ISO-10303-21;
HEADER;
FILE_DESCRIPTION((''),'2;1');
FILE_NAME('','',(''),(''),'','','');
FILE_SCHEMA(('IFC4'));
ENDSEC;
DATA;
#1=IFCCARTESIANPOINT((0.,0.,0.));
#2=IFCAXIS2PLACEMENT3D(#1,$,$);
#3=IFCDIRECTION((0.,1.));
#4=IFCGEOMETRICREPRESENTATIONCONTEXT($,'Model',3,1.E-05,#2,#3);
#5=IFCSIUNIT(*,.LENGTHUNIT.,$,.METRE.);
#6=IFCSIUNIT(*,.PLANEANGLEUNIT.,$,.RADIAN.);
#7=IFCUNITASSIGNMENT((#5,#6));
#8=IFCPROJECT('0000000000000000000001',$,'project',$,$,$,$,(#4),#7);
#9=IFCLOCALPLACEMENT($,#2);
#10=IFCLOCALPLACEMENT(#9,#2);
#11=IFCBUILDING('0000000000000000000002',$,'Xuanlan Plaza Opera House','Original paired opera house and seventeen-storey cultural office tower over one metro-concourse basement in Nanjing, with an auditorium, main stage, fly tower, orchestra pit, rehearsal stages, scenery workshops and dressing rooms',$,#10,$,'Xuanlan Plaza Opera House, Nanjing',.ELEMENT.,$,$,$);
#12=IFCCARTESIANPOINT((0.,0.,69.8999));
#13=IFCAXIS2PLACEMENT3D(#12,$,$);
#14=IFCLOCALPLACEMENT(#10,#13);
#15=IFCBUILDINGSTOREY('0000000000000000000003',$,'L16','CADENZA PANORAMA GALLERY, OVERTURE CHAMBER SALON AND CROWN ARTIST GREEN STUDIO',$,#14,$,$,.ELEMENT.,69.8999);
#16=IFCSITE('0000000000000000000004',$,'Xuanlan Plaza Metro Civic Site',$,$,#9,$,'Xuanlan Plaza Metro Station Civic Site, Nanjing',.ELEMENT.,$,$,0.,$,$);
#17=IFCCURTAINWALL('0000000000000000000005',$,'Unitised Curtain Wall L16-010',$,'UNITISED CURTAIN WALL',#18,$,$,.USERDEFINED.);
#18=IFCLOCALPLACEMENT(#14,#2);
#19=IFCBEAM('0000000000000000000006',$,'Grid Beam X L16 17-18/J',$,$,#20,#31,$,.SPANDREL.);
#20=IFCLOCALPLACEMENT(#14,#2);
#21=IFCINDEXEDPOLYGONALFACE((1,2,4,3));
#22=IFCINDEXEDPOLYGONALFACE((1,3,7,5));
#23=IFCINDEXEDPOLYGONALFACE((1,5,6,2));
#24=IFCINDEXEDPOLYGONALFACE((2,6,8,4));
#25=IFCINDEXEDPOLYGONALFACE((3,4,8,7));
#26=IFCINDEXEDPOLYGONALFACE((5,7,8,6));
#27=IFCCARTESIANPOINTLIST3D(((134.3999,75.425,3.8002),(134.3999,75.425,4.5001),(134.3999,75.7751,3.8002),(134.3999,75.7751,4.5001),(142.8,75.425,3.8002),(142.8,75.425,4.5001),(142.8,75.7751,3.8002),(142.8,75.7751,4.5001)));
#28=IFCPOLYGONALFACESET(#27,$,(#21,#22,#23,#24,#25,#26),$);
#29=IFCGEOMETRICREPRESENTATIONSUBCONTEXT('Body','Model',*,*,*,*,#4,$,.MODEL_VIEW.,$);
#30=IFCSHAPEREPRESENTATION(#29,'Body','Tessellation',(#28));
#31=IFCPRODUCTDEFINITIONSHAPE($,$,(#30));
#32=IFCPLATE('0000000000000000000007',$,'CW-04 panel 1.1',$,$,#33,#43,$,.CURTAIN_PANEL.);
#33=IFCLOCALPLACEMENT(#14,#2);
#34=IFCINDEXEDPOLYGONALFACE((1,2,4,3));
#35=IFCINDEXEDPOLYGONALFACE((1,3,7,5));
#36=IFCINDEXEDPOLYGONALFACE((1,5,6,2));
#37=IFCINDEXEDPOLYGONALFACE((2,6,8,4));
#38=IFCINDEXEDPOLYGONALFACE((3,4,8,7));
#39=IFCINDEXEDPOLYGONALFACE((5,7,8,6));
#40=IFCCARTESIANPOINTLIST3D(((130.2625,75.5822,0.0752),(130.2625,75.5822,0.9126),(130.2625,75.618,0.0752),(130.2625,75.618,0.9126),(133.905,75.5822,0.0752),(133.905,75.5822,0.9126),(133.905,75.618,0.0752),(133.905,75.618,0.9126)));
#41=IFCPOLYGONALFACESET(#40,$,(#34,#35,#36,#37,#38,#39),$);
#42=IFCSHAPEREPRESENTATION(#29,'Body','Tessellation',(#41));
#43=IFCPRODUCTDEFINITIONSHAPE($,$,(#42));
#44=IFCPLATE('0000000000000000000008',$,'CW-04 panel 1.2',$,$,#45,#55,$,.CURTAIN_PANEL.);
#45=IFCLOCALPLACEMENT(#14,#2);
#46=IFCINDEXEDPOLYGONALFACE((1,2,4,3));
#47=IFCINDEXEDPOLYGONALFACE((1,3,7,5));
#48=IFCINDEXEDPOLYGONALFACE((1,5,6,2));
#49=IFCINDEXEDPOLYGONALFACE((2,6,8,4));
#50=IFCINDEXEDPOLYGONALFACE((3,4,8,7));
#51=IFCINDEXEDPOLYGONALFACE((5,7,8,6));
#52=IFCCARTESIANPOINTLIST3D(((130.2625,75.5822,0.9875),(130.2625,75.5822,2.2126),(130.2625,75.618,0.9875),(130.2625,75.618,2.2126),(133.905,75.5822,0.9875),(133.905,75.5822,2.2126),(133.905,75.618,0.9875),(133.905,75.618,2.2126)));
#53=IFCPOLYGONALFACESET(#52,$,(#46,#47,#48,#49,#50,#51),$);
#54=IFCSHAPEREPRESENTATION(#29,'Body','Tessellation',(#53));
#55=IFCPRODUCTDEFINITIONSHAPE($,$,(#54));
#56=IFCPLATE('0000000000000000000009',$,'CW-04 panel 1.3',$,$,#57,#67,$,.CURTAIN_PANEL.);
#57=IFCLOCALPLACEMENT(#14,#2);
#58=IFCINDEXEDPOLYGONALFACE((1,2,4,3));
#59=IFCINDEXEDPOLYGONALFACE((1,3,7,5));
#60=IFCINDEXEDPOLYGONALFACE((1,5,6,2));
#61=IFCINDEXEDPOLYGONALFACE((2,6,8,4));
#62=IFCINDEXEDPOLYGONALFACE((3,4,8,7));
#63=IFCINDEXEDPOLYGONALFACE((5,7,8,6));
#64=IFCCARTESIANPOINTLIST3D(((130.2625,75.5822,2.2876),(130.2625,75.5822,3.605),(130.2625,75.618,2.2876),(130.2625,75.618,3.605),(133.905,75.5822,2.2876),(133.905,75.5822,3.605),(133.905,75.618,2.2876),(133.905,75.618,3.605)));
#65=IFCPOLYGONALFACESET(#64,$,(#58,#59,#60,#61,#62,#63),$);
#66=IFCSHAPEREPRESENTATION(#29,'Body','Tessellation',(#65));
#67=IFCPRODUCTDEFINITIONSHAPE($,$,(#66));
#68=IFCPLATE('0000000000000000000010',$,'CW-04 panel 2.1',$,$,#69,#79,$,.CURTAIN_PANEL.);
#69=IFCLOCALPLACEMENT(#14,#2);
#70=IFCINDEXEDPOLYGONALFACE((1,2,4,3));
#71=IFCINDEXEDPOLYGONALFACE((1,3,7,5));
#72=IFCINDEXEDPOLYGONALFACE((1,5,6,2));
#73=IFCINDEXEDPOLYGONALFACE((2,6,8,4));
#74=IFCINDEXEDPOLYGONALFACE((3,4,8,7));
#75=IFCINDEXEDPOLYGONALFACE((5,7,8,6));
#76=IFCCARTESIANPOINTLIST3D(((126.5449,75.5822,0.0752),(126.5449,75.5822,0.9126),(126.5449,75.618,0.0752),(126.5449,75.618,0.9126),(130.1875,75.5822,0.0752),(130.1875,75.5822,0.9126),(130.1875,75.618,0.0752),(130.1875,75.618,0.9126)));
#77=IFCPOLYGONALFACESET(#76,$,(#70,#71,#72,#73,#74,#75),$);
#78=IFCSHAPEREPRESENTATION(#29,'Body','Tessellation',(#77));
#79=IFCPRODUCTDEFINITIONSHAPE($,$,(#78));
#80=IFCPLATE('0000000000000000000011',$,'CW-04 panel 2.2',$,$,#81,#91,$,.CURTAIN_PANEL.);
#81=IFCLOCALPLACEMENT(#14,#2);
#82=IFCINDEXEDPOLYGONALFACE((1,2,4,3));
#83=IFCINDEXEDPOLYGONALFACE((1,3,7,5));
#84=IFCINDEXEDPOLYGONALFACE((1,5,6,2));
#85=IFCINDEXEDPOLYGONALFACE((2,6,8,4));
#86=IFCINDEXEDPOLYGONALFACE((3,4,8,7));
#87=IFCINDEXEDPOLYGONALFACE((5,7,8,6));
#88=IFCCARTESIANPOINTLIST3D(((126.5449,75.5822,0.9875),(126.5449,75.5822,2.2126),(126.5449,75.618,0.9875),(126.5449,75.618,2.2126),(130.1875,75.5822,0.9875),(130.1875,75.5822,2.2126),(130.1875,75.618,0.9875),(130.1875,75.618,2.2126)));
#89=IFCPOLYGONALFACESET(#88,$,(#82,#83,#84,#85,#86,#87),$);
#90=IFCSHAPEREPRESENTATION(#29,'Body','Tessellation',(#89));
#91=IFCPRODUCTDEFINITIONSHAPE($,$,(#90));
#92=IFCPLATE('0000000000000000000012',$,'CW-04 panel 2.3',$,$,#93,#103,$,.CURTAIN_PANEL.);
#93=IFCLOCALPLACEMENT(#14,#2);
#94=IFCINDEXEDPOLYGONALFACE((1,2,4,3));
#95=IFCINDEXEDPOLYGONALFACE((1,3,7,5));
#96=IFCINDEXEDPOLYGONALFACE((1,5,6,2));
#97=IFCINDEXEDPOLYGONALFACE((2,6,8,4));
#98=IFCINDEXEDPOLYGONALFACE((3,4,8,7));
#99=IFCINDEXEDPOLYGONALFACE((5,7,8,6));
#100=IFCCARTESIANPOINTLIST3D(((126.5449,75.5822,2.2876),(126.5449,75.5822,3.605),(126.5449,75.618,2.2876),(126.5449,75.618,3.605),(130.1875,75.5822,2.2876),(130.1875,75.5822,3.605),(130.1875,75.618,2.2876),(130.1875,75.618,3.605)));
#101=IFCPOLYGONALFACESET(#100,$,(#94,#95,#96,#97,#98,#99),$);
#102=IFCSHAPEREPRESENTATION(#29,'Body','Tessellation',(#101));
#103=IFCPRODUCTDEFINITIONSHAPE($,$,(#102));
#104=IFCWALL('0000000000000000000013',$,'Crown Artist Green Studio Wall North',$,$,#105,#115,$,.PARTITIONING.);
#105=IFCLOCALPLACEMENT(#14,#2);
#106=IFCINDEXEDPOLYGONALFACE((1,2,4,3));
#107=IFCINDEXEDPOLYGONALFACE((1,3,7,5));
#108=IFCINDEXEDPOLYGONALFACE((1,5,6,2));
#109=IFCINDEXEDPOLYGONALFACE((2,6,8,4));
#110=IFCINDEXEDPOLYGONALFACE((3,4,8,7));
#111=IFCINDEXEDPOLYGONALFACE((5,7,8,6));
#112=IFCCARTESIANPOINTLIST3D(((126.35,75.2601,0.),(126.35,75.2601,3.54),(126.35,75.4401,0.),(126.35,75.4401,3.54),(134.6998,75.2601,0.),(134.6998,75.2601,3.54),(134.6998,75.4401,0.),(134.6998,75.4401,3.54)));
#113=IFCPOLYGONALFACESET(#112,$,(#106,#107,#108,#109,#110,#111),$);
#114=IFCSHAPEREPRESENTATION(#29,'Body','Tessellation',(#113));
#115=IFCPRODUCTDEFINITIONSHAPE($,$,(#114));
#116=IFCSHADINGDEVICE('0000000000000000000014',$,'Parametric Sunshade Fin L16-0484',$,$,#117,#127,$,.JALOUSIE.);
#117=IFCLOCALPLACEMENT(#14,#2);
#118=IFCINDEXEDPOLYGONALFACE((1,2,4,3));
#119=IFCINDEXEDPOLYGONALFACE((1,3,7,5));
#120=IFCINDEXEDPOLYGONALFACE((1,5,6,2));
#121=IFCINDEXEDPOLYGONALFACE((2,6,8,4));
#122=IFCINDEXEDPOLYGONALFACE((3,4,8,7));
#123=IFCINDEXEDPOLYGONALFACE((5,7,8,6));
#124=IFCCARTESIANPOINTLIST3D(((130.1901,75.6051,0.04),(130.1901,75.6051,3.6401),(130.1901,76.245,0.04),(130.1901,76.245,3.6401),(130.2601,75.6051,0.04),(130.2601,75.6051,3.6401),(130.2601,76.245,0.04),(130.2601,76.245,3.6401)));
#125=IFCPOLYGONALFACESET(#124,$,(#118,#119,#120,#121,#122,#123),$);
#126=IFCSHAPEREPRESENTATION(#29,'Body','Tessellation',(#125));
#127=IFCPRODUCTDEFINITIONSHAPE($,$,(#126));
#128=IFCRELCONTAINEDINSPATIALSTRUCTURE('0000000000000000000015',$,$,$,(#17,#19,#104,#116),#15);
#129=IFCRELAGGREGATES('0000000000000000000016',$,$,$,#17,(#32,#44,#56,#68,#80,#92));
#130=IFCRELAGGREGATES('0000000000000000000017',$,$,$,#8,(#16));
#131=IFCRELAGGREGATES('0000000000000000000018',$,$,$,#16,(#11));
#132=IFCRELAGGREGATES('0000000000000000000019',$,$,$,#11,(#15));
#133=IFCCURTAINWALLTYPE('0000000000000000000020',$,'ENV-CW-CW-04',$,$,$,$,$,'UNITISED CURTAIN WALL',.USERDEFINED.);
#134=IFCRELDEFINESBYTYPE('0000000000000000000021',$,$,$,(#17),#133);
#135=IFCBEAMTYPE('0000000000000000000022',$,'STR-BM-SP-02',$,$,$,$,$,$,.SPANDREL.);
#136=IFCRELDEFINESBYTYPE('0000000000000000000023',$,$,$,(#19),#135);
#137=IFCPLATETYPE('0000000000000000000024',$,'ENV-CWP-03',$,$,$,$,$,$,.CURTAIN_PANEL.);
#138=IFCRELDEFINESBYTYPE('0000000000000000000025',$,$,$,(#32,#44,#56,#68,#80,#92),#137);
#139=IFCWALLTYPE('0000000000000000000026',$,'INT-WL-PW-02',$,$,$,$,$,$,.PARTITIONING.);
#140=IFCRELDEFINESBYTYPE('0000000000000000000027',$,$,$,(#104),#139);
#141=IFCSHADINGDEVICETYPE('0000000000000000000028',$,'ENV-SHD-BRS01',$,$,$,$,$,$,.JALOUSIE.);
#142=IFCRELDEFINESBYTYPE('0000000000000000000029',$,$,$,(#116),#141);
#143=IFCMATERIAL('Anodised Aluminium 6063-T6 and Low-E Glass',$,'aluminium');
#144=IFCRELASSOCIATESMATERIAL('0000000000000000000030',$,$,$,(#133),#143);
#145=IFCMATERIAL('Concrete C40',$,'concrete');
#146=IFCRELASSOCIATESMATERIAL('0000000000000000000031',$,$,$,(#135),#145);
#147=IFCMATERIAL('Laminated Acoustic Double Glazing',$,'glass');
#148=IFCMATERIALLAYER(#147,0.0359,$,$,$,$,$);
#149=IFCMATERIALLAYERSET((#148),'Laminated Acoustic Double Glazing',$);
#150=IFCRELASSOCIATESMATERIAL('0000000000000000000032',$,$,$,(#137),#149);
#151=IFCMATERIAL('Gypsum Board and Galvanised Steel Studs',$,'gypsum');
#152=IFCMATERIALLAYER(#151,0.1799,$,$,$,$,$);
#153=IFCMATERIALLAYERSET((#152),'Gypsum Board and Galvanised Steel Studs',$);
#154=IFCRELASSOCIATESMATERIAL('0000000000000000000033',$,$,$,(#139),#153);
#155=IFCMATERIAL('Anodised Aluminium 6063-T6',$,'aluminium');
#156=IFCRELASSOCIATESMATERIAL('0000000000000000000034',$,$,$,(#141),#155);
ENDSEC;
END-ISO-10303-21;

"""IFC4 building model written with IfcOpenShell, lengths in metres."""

from ifc_helpers import new_model, si_unit, direction, frame, frame_2d, origin, origin_2d, place, context, subcontext, project, spatial, rectangle, extrude, material, layer, layer_set, material_profile, profile_set, type_object, element, aggregate, save


model = new_model("IFC4")

# Units and contexts
model_context = context("Model", 3, precision=1e-05, world=origin(), true_north=direction((0.0, 1.0)))
body_context = subcontext(model_context, "Body", "Model", "MODEL_VIEW")
ifc_project = project(units=[si_unit("LENGTHUNIT", "METRE"), si_unit("PLANEANGLEUNIT", "RADIAN")], contexts=[model_context])

# Site, building, storey
site_placement = place(None, origin())
site = spatial("IfcSite", under=ifc_project, at=site_placement, Name="Xuanlan Plaza Metro Civic Site", LongName="Xuanlan Plaza Metro Station Civic Site, Nanjing", CompositionType="ELEMENT", RefElevation=0.0)
building_placement = place(site_placement, origin())
building = spatial("IfcBuilding", under=site, at=building_placement, Name="Xuanlan Plaza Opera House", Description="Original paired opera house and seventeen-storey cultural office tower over one metro-concourse basement in Nanjing, with an auditorium, main stage, fly tower, orchestra pit, rehearsal stages, scenery workshops and dressing rooms", LongName="Xuanlan Plaza Opera House, Nanjing", CompositionType="ELEMENT")
storey_placement = place(building_placement, frame((0.0, 0.0, 69.8999)))
storey = spatial("IfcBuildingStorey", under=building, at=storey_placement, Name="L16", Description="CADENZA PANORAMA GALLERY, OVERTURE CHAMBER SALON AND CROWN ARTIST GREEN STUDIO", CompositionType="ELEMENT", Elevation=69.8999)

# Curtain wall
ifc_material_1 = material(Name="Anodised Aluminium 6063-T6 and Low-E Glass", Category="aluminium")
curtain_wall_type = type_object("IfcCurtainWallType", Name="ENV-CW-CW-04", ElementType="UNITISED CURTAIN WALL", PredefinedType="USERDEFINED", material=ifc_material_1)
curtain_wall_placement = place(storey_placement, origin())
curtain_wall = element("IfcCurtainWall", 1, at=curtain_wall_placement, inside=storey, type_object=curtain_wall_type, Name="Unitised Curtain Wall L16-010", ObjectType="UNITISED CURTAIN WALL", PredefinedType="USERDEFINED")
ifc_material_2 = material(Name="Anodised Aluminium 6063-T6", Category="aluminium")

# Beam
ifc_material_3 = material(Name="Concrete C40", Category="concrete")
ifc_material_profile_1 = material_profile(ifc_material_3, rectangle(XDim=0.3501, YDim=0.7, at=origin_2d()), Name="RC-SPD 350x700")
ifc_profile_set_1 = profile_set([ifc_material_profile_1], Name="Concrete C40")
beam_type_1 = type_object("IfcBeamType", Name="STR-BM-SP-02", PredefinedType="SPANDREL", material=ifc_profile_set_1)
beam_1_placement = place(storey_placement, frame((134.3999, 75.6001, 4.1501), z_axis=(1.0, 0.0, 0.0), x_axis=(0.0, 1.0, 0.0)))
element("IfcBeam", 2, at=beam_1_placement, inside=storey, type_object=beam_type_1, Name="Grid Beam X L16 17-18/J", PredefinedType="SPANDREL", context=body_context, shape_type="SweptSolid", body=[
    extrude(rectangle(XDim=0.3501, YDim=0.7, at=origin_2d()), origin(), (0.0, 0.0, 1.0), 8.4001),
])

# Plates
ifc_material_4 = material(Name="Laminated Acoustic Double Glazing", Category="glass")
ifc_layer_1 = layer(ifc_material_4, 0.0359)
ifc_layer_set_1 = layer_set([ifc_layer_1], Name="Laminated Acoustic Double Glazing")
plate_type = type_object("IfcPlateType", Name="ENV-CWP-03", PredefinedType="CURTAIN_PANEL", material=ifc_layer_set_1)
plate_1_placement = place(storey_placement, frame((132.0837, 75.6001, 0.0752), z_axis=(0.0, 0.0, 1.0), x_axis=(-1.0, 0.0, 0.0)))
plate_1 = element("IfcPlate", 3, at=plate_1_placement, type_object=plate_type, Name="CW-04 panel 1.1", PredefinedType="CURTAIN_PANEL", context=body_context, shape_type="SweptSolid", body=[
    extrude(rectangle(XDim=3.6426, YDim=0.0359, at=origin_2d()), origin(), (0.0, 0.0, 1.0), 0.8374),
])
plate_2_placement = place(storey_placement, frame((132.0837, 75.6001, 0.9875), z_axis=(0.0, 0.0, 1.0), x_axis=(-1.0, 0.0, 0.0)))
plate_2 = element("IfcPlate", 4, at=plate_2_placement, type_object=plate_type, Name="CW-04 panel 1.2", PredefinedType="CURTAIN_PANEL", context=body_context, shape_type="SweptSolid", body=[
    extrude(rectangle(XDim=3.6426, YDim=0.0359, at=origin_2d()), origin(), (0.0, 0.0, 1.0), 1.2251),
])
plate_3_placement = place(storey_placement, frame((132.0837, 75.6001, 2.2876), z_axis=(0.0, 0.0, 1.0), x_axis=(-1.0, 0.0, 0.0)))
plate_3 = element("IfcPlate", 5, at=plate_3_placement, type_object=plate_type, Name="CW-04 panel 1.3", PredefinedType="CURTAIN_PANEL", context=body_context, shape_type="SweptSolid", body=[
    extrude(rectangle(XDim=3.6426, YDim=0.0359, at=origin_2d()), origin(), (0.0, 0.0, 1.0), 1.3174),
])
plate_4_placement = place(storey_placement, frame((128.3662, 75.6001, 0.0752), z_axis=(0.0, 0.0, 1.0), x_axis=(-1.0, 0.0, 0.0)))
plate_4 = element("IfcPlate", 6, at=plate_4_placement, type_object=plate_type, Name="CW-04 panel 2.1", PredefinedType="CURTAIN_PANEL", context=body_context, shape_type="SweptSolid", body=[
    extrude(rectangle(XDim=3.6426, YDim=0.0359, at=origin_2d()), origin(), (0.0, 0.0, 1.0), 0.8374),
])
plate_5_placement = place(storey_placement, frame((128.3662, 75.6001, 0.9875), z_axis=(0.0, 0.0, 1.0), x_axis=(-1.0, 0.0, 0.0)))
plate_5 = element("IfcPlate", 7, at=plate_5_placement, type_object=plate_type, Name="CW-04 panel 2.2", PredefinedType="CURTAIN_PANEL", context=body_context, shape_type="SweptSolid", body=[
    extrude(rectangle(XDim=3.6426, YDim=0.0359, at=origin_2d()), origin(), (0.0, 0.0, 1.0), 1.2251),
])
plate_6_placement = place(storey_placement, frame((128.3662, 75.6001, 2.2876), z_axis=(0.0, 0.0, 1.0), x_axis=(-1.0, 0.0, 0.0)))
plate_6 = element("IfcPlate", 8, at=plate_6_placement, type_object=plate_type, Name="CW-04 panel 2.3", PredefinedType="CURTAIN_PANEL", context=body_context, shape_type="SweptSolid", body=[
    extrude(rectangle(XDim=3.6426, YDim=0.0359, at=origin_2d()), origin(), (0.0, 0.0, 1.0), 1.3174),
])
aggregate(curtain_wall, [plate_1, plate_2, plate_3, plate_4, plate_5, plate_6])

# Wall
ifc_material_5 = material(Name="Gypsum Board and Galvanised Steel Studs", Category="gypsum")
ifc_layer_2 = layer(ifc_material_5, 0.1799)
ifc_layer_set_2 = layer_set([ifc_layer_2], Name="Gypsum Board and Galvanised Steel Studs")
wall_type = type_object("IfcWallType", Name="INT-WL-PW-02", PredefinedType="PARTITIONING", material=ifc_layer_set_2)
wall_placement = place(storey_placement, frame((126.3501, 75.3501, 0.0), z_axis=(0.0, 0.0, 1.0), x_axis=(1.0, 0.0, 0.0)))
element("IfcWall", 9, at=wall_placement, inside=storey, type_object=wall_type, Name="Crown Artist Green Studio Wall North", PredefinedType="PARTITIONING", context=body_context, shape_type="SweptSolid", body=[
    extrude(rectangle(XDim=8.3499, YDim=0.1799, at=frame_2d((4.1748, 0.0))), origin(), (0.0, 0.0, 1.0), 3.54),
])

# Shading device
shading_device_type = type_object("IfcShadingDeviceType", Name="ENV-SHD-BRS01", PredefinedType="JALOUSIE", material=ifc_material_2)
shading_device_placement = place(storey_placement, frame((130.2251, 75.925, 0.04), z_axis=(0.0, 0.0, 1.0), x_axis=(0.0, 1.0, 0.0)))
element("IfcShadingDevice", 10, at=shading_device_placement, inside=storey, type_object=shading_device_type, Name="Parametric Sunshade Fin L16-0484", PredefinedType="JALOUSIE", context=body_context, shape_type="SweptSolid", body=[
    extrude(rectangle(XDim=0.6399, YDim=0.0701, at=origin_2d()), origin(), (0.0, 0.0, 1.0), 3.6001),
])

save(model, "model.ifc")
